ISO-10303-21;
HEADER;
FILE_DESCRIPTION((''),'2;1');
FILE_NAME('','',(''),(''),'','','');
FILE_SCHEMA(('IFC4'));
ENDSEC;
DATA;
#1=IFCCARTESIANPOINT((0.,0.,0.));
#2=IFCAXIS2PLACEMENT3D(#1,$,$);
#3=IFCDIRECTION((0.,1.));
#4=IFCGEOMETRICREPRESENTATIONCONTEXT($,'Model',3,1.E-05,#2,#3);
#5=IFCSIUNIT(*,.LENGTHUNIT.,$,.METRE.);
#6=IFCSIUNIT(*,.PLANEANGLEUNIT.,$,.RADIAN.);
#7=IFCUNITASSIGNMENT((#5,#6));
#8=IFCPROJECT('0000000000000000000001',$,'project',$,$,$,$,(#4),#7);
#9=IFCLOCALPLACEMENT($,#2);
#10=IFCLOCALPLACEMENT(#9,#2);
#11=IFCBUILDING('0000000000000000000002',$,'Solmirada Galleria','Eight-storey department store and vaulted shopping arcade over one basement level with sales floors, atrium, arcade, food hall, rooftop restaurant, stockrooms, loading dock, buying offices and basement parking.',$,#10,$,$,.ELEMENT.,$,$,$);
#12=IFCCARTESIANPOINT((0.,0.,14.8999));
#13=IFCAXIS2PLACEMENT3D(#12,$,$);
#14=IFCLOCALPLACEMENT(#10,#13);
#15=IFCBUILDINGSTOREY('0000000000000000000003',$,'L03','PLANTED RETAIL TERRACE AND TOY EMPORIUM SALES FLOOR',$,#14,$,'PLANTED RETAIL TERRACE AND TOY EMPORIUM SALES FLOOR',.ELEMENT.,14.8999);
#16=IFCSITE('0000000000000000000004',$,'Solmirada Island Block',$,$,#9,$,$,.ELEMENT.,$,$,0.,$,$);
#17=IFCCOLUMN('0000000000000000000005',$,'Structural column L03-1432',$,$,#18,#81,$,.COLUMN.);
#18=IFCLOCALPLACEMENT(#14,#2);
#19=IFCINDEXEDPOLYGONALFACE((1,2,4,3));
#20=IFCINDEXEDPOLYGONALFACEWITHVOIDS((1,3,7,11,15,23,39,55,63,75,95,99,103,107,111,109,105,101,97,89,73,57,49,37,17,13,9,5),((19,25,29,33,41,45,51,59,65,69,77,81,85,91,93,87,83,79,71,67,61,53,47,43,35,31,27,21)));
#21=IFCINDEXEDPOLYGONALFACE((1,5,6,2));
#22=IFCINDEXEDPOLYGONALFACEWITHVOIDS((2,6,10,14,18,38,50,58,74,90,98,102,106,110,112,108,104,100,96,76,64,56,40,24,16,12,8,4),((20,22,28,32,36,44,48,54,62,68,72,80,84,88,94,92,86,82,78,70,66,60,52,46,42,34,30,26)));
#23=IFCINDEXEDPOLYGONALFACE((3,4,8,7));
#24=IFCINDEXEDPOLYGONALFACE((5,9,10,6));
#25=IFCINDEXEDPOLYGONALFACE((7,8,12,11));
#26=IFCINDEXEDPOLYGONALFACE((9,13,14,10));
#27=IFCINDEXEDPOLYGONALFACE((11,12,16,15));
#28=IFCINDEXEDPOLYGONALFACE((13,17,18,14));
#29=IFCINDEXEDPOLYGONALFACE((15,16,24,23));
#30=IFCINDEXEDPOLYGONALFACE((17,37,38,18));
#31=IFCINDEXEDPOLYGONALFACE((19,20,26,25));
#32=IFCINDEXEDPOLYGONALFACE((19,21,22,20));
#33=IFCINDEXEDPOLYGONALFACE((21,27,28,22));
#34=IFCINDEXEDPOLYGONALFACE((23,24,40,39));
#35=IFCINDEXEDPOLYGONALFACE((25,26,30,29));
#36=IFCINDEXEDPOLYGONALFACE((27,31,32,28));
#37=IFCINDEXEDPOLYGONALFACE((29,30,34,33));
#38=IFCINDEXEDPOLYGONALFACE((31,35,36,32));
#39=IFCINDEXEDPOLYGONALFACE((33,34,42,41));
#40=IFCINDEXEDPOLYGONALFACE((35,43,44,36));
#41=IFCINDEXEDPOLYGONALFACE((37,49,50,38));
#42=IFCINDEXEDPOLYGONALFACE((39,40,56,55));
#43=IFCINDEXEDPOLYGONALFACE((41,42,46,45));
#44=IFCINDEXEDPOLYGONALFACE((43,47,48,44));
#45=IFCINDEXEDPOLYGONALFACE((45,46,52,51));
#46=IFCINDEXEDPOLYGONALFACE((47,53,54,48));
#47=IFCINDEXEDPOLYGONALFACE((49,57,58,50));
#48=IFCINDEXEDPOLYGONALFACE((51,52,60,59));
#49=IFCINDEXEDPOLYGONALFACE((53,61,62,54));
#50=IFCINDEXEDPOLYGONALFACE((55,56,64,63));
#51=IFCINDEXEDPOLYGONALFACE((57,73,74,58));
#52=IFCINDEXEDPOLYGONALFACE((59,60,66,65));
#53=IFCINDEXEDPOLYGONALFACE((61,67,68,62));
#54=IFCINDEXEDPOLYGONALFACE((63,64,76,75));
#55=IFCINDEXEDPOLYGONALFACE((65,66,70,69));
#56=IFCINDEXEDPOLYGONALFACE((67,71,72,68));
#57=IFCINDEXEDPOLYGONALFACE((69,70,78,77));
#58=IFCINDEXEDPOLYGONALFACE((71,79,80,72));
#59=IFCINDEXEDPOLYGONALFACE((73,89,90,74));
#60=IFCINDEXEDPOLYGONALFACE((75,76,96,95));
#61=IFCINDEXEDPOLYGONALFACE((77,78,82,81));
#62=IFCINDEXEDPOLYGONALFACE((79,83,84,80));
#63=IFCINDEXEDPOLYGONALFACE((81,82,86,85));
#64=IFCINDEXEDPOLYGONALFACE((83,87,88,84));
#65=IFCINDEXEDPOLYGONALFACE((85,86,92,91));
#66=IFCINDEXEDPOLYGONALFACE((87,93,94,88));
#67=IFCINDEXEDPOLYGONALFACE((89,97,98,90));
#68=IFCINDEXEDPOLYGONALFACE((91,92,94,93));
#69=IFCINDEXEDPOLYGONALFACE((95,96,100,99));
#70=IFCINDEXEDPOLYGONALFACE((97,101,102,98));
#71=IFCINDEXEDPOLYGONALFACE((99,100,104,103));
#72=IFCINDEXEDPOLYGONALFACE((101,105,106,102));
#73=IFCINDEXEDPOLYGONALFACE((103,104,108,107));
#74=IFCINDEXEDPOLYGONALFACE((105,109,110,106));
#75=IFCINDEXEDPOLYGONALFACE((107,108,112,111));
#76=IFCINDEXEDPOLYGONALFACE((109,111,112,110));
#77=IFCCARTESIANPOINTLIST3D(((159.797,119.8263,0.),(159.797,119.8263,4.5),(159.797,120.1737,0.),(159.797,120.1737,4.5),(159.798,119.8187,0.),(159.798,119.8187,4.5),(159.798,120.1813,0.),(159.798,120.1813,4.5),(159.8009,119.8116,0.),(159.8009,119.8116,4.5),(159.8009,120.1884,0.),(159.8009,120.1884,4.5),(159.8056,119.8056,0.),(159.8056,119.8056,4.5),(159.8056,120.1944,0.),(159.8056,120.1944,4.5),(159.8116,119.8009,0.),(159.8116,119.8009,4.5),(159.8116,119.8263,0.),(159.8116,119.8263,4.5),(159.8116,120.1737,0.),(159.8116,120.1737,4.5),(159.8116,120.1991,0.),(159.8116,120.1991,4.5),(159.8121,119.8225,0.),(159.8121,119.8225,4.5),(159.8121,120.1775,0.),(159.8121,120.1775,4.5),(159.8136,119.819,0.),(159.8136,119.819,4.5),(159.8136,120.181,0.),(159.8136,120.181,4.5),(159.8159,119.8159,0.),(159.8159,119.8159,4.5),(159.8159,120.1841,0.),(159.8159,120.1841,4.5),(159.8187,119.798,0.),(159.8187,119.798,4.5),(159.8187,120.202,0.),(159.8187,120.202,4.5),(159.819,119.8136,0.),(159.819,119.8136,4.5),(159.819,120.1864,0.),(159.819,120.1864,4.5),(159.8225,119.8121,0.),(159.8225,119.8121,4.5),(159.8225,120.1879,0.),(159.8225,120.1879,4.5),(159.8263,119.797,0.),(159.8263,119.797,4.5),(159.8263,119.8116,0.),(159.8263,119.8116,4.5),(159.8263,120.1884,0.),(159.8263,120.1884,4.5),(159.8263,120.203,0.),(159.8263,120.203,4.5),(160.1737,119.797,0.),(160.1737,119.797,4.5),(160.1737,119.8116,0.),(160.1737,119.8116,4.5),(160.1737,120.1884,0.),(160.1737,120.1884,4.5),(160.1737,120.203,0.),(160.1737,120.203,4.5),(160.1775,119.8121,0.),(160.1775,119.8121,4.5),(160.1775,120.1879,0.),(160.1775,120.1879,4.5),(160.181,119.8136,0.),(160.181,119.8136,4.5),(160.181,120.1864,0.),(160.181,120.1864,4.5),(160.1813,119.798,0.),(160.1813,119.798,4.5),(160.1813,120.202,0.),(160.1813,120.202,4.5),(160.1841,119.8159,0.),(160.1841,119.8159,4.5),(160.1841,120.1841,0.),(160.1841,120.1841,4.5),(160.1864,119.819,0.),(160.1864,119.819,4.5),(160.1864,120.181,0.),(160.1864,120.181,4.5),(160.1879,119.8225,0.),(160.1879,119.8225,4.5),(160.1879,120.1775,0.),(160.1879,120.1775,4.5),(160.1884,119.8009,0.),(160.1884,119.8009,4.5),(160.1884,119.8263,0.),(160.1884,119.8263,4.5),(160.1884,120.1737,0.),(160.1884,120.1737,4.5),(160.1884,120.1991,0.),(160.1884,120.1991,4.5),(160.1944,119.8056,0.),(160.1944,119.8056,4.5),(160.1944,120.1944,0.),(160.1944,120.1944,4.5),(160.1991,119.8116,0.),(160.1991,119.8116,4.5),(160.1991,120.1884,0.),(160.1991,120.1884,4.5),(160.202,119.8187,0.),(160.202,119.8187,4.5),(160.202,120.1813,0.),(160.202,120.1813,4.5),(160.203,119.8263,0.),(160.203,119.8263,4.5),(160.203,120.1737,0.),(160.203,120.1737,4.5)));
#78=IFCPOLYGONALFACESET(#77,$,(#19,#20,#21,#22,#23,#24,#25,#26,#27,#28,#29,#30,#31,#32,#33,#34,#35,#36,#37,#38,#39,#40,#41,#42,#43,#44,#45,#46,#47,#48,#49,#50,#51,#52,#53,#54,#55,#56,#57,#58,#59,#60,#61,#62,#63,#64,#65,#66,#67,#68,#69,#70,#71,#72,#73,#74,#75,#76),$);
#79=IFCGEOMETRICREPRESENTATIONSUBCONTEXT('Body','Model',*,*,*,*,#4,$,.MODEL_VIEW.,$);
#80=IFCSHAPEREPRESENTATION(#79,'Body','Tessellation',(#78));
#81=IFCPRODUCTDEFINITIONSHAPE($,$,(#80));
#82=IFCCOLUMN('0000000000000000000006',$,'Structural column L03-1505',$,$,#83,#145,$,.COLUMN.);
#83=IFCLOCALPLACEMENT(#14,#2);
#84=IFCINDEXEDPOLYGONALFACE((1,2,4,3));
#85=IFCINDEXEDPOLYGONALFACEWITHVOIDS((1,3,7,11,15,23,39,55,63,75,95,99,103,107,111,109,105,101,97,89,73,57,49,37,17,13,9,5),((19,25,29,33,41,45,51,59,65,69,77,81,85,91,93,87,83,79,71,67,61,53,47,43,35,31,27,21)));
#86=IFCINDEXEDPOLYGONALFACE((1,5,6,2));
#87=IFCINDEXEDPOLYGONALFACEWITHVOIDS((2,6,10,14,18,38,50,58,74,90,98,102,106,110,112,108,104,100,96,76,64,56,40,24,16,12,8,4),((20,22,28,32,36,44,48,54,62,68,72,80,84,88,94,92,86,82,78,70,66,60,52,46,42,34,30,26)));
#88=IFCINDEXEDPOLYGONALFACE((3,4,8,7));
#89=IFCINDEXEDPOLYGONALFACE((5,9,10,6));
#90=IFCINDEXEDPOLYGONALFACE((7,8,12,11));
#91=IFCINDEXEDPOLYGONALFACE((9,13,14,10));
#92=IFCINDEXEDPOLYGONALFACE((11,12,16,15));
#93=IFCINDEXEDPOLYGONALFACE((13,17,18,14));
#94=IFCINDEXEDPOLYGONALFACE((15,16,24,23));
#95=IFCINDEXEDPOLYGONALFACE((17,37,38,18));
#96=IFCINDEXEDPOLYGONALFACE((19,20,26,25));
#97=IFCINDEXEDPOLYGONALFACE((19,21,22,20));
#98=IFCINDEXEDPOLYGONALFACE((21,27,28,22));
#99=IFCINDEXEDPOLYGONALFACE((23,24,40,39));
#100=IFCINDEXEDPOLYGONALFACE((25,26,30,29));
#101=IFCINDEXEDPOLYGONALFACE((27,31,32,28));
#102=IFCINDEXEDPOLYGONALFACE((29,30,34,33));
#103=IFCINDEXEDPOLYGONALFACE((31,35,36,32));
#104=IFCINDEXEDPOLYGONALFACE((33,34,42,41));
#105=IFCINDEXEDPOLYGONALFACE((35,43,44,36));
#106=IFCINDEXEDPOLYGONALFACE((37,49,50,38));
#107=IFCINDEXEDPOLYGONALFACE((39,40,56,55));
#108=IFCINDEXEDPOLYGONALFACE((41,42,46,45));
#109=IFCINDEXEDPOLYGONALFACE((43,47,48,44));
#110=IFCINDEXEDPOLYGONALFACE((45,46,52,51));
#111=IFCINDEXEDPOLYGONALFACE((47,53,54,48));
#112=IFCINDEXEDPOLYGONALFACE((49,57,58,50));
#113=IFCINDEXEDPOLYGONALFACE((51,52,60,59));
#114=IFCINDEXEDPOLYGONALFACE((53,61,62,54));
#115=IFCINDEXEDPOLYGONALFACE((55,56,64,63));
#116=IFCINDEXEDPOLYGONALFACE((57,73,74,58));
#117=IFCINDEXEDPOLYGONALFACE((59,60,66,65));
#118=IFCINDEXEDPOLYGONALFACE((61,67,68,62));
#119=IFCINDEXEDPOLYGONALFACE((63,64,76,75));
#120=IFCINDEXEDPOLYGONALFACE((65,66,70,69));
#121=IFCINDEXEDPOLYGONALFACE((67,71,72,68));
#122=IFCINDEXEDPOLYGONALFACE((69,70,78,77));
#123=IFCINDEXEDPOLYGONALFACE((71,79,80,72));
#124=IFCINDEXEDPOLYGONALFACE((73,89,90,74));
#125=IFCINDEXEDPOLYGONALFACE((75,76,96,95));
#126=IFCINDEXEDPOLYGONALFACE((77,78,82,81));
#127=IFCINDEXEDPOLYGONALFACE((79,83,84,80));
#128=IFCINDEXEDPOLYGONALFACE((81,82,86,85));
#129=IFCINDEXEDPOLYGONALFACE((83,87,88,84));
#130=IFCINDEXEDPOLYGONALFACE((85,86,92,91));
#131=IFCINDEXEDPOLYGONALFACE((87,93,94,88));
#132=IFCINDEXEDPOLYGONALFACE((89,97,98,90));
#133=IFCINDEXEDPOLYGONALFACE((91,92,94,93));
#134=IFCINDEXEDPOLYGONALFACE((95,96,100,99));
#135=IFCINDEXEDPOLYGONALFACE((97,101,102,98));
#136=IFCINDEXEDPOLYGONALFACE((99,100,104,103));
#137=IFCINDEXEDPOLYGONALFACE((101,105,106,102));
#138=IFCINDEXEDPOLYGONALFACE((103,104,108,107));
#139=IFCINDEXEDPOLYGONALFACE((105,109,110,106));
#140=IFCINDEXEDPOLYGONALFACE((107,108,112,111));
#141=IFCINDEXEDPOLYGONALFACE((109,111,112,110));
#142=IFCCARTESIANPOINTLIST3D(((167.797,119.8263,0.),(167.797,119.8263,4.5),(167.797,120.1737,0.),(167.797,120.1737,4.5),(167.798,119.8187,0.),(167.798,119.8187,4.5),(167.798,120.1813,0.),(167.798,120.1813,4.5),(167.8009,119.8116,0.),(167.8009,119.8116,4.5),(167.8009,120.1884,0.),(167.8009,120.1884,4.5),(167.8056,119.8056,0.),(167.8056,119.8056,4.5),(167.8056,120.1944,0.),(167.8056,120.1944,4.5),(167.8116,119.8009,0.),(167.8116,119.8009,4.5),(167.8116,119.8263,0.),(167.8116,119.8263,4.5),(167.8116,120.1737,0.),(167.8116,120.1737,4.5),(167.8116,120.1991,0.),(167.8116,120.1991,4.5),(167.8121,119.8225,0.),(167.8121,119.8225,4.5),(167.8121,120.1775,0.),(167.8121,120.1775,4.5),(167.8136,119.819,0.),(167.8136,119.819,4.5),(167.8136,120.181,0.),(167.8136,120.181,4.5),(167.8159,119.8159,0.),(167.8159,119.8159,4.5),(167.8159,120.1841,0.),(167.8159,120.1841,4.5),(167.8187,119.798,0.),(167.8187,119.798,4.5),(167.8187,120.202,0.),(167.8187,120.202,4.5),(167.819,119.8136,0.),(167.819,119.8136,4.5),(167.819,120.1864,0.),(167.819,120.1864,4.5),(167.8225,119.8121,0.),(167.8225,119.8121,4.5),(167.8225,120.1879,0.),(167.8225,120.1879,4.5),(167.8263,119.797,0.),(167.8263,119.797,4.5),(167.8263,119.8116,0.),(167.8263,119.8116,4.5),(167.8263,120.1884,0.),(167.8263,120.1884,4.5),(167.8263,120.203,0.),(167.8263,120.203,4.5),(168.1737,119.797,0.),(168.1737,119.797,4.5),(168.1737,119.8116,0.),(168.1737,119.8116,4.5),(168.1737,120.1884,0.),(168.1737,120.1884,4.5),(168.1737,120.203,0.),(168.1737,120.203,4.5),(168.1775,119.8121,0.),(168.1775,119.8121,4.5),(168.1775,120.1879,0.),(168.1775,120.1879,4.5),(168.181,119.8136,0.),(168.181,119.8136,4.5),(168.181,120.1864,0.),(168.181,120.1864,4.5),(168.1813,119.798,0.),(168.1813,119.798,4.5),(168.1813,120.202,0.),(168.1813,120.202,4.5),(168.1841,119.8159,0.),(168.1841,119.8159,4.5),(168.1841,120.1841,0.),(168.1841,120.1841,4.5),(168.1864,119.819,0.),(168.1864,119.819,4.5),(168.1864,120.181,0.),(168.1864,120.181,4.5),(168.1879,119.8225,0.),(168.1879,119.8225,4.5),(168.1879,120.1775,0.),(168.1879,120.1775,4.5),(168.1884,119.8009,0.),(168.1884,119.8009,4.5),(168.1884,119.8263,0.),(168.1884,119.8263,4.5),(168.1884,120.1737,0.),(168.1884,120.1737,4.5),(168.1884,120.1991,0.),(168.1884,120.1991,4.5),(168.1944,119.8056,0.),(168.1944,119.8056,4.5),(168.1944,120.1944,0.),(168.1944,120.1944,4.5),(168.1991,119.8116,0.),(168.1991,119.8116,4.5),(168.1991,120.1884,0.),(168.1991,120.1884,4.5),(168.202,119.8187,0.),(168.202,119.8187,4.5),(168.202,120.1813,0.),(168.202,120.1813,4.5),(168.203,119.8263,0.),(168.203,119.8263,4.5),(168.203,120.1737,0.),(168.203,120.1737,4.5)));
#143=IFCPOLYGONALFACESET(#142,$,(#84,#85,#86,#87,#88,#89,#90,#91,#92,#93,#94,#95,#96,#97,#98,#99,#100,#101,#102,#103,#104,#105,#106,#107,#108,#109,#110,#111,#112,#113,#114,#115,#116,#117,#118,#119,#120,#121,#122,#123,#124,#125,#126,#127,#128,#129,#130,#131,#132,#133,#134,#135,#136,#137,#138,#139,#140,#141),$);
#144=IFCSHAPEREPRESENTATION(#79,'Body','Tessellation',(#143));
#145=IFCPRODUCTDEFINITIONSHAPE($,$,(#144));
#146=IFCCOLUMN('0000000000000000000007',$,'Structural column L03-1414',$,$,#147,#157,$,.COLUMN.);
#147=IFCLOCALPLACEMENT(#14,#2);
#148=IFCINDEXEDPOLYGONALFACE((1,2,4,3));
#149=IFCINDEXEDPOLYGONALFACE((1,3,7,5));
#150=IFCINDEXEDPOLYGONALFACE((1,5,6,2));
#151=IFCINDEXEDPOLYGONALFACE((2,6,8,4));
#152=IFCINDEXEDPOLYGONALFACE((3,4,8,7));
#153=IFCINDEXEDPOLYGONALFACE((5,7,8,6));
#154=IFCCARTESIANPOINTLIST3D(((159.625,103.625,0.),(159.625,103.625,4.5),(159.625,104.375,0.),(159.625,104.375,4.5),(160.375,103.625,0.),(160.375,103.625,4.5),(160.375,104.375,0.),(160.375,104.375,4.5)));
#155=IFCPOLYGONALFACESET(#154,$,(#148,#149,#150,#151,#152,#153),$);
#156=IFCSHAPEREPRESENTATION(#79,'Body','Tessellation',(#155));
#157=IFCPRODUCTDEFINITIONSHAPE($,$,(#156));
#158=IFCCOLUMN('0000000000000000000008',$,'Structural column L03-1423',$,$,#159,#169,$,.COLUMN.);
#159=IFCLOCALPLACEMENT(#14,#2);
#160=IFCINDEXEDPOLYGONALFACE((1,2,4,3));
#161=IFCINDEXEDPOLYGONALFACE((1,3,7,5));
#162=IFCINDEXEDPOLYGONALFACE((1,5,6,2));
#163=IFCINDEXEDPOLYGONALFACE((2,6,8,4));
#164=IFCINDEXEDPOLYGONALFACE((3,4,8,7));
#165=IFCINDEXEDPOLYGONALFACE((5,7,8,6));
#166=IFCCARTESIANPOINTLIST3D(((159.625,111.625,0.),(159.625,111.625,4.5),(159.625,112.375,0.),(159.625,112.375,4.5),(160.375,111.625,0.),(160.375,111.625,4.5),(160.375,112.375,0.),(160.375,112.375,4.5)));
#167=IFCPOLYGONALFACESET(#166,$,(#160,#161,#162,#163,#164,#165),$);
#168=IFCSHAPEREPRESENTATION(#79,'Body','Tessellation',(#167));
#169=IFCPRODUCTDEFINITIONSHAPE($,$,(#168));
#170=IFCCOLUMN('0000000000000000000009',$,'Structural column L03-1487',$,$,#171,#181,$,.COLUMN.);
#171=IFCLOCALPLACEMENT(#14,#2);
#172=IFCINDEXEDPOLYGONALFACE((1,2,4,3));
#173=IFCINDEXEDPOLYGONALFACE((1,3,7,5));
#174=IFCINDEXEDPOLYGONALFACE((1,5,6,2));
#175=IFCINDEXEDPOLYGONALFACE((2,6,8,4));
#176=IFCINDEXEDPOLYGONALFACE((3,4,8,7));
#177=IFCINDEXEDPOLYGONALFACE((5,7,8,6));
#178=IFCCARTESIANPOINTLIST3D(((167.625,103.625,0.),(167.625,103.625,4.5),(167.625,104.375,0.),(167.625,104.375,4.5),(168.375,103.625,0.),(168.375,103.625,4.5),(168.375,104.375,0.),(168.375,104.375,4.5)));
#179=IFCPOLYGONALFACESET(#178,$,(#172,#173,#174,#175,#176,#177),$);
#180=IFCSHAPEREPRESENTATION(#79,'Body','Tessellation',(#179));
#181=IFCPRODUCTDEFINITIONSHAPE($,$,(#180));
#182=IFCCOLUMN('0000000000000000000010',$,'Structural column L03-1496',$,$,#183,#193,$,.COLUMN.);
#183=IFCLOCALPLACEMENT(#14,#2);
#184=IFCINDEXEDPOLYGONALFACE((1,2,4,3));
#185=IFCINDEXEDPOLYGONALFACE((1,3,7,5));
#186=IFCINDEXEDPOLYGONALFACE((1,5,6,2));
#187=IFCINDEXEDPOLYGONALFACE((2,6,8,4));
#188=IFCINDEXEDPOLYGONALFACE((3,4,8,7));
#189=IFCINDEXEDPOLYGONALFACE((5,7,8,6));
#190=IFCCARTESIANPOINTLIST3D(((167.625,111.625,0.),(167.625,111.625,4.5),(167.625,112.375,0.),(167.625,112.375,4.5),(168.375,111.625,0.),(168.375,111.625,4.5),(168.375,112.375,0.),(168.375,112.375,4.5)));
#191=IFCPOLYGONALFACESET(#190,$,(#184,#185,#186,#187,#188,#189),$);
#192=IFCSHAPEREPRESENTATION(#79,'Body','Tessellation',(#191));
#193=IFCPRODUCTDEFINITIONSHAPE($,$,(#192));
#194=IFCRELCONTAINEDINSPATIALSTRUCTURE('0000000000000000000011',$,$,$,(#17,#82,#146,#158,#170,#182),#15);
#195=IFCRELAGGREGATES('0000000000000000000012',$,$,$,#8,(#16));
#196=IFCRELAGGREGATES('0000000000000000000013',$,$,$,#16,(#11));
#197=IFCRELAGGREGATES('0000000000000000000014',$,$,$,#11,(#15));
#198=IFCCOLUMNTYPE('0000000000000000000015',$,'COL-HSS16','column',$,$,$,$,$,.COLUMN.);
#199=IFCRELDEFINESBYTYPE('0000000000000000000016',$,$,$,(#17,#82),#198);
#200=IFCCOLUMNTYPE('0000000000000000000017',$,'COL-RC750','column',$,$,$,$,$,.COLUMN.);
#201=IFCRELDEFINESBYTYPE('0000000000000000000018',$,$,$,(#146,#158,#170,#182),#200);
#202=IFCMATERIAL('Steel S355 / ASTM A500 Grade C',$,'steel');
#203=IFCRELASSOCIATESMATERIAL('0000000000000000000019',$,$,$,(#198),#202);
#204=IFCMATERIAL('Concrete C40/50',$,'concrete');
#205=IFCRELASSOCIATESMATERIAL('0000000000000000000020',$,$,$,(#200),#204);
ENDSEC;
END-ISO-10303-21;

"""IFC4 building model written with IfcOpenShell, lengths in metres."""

from ifc_helpers import new_model, si_unit, direction, frame, origin, origin_2d, place, context, subcontext, project, spatial, rectangle, hollow_rectangle, extrude, material, material_profile, profile_set, type_object, element, save


model = new_model("IFC4")

# Units and contexts
model_context = context("Model", 3, precision=1e-05, world=origin(), true_north=direction((0.0, 1.0)))
body_context = subcontext(model_context, "Body", "Model", "MODEL_VIEW")
ifc_project = project(units=[si_unit("LENGTHUNIT", "METRE"), si_unit("PLANEANGLEUNIT", "RADIAN")], contexts=[model_context])

# Site, building, storey
site_placement = place(None, origin())
site = spatial("IfcSite", under=ifc_project, at=site_placement, Name="Solmirada Island Block", CompositionType="ELEMENT", RefElevation=0.0)
building_placement = place(site_placement, origin())
building = spatial("IfcBuilding", under=site, at=building_placement, Name="Solmirada Galleria", Description="Eight-storey department store and vaulted shopping arcade over one basement level with sales floors, atrium, arcade, food hall, rooftop restaurant, stockrooms, loading dock, buying offices and basement parking.", CompositionType="ELEMENT")
storey_placement = place(building_placement, frame((0.0, 0.0, 14.8999)))
storey = spatial("IfcBuildingStorey", under=building, at=storey_placement, Name="L03", Description="PLANTED RETAIL TERRACE AND TOY EMPORIUM SALES FLOOR", LongName="PLANTED RETAIL TERRACE AND TOY EMPORIUM SALES FLOOR", CompositionType="ELEMENT", Elevation=14.8999)

# Columns
ifc_material_1 = material(Name="Steel S355 / ASTM A500 Grade C", Category="steel")
ifc_material_profile_1 = material_profile(ifc_material_1, hollow_rectangle(XDim=0.406, YDim=0.406, WallThickness=0.0146, InnerFilletRadius=0.0146, OuterFilletRadius=0.0293, at=origin_2d()), Name="HSS16X16X5/8")
ifc_profile_set_1 = profile_set([ifc_material_profile_1], Name="Steel S355 / ASTM A500 Grade C")
column_type_1 = type_object("IfcColumnType", Name="COL-HSS16", Description="column", PredefinedType="COLUMN", material=ifc_profile_set_1)
for number, where, z_axis, x_axis, name in (
    (1, (160.0, 120.0, 0.0), (0.0, 0.0, 1.0), (1.0, 0.0, 0.0), "Structural column L03-1432"),
    (2, (168.0, 120.0, 0.0), (0.0, 0.0, 1.0), (1.0, 0.0, 0.0), "Structural column L03-1505"),
):
    element("IfcColumn", number, at=place(storey_placement, frame(where, z_axis=z_axis, x_axis=x_axis)), inside=storey, type_object=column_type_1, Name=name, PredefinedType="COLUMN", context=body_context, shape_type="SweptSolid", body=[
        extrude(hollow_rectangle(XDim=0.406, YDim=0.406, WallThickness=0.0146, InnerFilletRadius=0.0146, OuterFilletRadius=0.0293, at=origin_2d()), origin(), (0.0, 0.0, 1.0), 4.5),
    ])
ifc_material_2 = material(Name="Concrete C40/50", Category="concrete")
ifc_material_profile_2 = material_profile(ifc_material_2, rectangle(XDim=0.75, YDim=0.75, at=origin_2d()), Name="RC750X750")
ifc_profile_set_2 = profile_set([ifc_material_profile_2], Name="Concrete C40/50")
column_type_2 = type_object("IfcColumnType", Name="COL-RC750", Description="column", PredefinedType="COLUMN", material=ifc_profile_set_2)
for number, where, z_axis, x_axis, name in (
    (3, (160.0, 104.0, 0.0), (0.0, 0.0, 1.0), (1.0, 0.0, 0.0), "Structural column L03-1414"),
    (4, (160.0, 112.0, 0.0), (0.0, 0.0, 1.0), (1.0, 0.0, 0.0), "Structural column L03-1423"),
    (5, (168.0, 104.0, 0.0), (0.0, 0.0, 1.0), (1.0, 0.0, 0.0), "Structural column L03-1487"),
    (6, (168.0, 112.0, 0.0), (0.0, 0.0, 1.0), (1.0, 0.0, 0.0), "Structural column L03-1496"),
):
    element("IfcColumn", number, at=place(storey_placement, frame(where, z_axis=z_axis, x_axis=x_axis)), inside=storey, type_object=column_type_2, Name=name, PredefinedType="COLUMN", context=body_context, shape_type="SweptSolid", body=[
        extrude(rectangle(XDim=0.75, YDim=0.75, at=origin_2d()), origin(), (0.0, 0.0, 1.0), 4.5),
    ])

save(model, "model.ifc")
